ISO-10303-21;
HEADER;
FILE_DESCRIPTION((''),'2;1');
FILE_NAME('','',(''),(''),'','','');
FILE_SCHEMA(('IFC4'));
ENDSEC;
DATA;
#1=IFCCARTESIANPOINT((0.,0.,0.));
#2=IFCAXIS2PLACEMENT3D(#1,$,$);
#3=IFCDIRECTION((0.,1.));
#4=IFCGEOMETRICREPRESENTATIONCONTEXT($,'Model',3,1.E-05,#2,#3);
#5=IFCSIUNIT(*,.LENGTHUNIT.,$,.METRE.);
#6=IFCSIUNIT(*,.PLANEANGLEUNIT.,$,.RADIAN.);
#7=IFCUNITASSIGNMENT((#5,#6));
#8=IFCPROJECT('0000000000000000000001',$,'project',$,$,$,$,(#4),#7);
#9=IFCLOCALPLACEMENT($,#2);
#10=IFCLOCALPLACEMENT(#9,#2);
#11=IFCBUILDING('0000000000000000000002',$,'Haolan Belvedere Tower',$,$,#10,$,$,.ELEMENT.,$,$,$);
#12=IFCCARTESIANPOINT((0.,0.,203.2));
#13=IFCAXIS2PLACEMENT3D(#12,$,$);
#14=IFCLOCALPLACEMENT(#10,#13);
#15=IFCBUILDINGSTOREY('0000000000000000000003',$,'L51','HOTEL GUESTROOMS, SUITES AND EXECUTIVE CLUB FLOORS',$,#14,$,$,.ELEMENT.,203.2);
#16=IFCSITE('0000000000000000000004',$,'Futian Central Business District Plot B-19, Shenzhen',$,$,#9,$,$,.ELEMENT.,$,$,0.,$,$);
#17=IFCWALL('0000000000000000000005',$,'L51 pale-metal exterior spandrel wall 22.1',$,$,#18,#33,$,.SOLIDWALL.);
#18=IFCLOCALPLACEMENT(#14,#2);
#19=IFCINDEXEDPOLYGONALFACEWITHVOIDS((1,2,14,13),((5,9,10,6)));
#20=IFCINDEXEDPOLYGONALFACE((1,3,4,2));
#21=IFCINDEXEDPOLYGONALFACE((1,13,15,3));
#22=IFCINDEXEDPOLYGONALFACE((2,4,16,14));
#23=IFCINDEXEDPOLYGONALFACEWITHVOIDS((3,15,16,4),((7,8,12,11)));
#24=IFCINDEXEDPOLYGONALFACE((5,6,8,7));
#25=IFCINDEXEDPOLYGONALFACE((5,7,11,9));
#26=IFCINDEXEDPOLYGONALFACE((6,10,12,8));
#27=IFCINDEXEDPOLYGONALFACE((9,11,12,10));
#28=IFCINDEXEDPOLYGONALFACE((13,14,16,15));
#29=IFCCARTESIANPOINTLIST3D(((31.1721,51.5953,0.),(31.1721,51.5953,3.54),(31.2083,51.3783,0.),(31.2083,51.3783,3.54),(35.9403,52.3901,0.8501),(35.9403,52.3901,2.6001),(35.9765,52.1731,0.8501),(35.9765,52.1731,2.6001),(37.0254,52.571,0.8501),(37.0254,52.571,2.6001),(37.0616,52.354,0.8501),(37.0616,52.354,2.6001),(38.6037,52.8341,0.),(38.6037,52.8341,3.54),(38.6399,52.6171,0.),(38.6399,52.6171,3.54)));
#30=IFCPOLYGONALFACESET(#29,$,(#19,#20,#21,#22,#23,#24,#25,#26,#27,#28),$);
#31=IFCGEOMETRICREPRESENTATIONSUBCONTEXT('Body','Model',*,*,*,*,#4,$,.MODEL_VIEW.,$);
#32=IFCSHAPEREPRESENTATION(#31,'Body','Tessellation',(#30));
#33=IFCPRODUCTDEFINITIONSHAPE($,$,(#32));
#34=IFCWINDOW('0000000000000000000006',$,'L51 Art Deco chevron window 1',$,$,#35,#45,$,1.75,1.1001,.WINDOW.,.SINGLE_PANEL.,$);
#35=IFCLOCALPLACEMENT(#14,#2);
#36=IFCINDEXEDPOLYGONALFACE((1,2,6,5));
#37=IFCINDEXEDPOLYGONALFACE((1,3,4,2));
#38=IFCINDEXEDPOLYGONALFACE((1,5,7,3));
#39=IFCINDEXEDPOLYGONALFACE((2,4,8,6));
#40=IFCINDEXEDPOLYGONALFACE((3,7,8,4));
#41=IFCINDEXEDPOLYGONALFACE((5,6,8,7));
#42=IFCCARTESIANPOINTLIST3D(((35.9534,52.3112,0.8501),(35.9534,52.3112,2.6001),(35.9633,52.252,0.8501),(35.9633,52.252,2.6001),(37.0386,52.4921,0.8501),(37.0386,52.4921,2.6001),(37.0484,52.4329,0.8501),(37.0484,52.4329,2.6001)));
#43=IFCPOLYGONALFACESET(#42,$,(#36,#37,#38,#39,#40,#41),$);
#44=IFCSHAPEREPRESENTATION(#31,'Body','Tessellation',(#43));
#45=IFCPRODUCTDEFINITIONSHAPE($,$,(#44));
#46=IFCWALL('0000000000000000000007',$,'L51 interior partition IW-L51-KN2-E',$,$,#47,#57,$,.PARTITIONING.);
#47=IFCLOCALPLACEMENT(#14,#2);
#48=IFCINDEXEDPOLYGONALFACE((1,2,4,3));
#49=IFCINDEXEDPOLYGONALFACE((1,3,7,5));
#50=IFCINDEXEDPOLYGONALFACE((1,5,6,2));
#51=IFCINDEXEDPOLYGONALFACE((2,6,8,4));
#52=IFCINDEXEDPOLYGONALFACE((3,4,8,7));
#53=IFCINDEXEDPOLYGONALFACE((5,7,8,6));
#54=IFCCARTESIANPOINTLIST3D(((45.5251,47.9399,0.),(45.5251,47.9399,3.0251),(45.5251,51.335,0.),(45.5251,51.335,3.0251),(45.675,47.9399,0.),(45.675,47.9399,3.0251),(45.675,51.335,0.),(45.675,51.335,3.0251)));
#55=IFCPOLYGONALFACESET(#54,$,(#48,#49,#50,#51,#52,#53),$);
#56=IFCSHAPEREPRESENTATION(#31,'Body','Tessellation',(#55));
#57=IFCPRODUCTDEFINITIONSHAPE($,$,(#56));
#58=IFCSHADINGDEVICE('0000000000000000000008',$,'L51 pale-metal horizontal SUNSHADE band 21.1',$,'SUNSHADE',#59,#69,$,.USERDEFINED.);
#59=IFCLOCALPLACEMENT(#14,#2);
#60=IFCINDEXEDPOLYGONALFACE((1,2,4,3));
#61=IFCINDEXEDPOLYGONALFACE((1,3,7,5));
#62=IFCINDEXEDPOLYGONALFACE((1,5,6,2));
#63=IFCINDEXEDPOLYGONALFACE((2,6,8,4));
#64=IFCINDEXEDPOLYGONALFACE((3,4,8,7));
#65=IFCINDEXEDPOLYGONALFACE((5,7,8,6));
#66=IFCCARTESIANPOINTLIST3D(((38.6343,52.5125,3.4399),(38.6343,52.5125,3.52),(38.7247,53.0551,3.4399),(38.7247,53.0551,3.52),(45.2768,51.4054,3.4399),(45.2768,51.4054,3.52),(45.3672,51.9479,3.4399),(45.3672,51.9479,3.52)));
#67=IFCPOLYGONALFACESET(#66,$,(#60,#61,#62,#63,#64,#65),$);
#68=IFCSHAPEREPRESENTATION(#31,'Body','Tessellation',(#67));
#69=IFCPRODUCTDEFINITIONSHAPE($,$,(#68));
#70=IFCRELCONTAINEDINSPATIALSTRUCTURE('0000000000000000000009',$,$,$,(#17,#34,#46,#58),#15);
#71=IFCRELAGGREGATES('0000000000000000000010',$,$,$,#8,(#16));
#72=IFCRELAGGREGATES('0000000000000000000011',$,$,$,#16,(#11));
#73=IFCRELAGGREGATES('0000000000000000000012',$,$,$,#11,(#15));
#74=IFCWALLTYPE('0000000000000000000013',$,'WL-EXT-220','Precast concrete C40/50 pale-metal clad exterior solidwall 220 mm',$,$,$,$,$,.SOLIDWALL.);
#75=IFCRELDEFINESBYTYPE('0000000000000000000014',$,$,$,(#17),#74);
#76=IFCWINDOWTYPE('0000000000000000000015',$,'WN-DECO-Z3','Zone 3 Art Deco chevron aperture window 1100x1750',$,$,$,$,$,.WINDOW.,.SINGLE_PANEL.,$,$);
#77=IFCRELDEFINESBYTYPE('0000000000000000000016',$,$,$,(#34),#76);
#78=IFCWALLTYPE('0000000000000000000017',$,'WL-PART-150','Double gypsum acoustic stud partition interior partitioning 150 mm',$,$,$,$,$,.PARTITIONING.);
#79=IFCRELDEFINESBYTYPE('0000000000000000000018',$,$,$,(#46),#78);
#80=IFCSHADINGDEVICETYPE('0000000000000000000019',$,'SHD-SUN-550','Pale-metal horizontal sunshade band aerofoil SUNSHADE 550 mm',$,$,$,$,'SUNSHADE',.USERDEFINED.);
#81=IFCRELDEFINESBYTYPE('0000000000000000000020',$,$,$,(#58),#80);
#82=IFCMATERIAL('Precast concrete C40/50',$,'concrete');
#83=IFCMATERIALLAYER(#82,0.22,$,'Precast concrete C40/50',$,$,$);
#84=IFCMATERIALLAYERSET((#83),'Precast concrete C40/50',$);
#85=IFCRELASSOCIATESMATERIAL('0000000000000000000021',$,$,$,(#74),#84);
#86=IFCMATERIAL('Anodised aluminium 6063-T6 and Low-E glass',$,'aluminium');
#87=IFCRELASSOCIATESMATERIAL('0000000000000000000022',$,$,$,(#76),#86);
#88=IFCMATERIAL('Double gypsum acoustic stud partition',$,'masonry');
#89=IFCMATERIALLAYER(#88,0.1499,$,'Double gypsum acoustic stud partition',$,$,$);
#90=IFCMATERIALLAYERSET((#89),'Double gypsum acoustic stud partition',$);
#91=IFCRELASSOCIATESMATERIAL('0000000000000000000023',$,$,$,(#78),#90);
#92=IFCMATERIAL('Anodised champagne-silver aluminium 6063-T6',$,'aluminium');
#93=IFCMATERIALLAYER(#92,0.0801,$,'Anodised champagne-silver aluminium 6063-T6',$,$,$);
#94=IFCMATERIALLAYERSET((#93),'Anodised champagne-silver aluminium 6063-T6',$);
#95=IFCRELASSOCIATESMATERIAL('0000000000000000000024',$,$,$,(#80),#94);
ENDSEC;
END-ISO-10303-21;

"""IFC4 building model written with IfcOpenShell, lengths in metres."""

from ifc_helpers import new_model, si_unit, direction, frame, frame_2d, origin, origin_2d, place, context, subcontext, project, spatial, rectangle, extrude, material, layer, layer_set, type_object, element, fill, save


model = new_model("IFC4")

# Units and contexts
model_context = context("Model", 3, precision=1e-05, world=origin(), true_north=direction((0.0, 1.0)))
body_context = subcontext(model_context, "Body", "Model", "MODEL_VIEW")
ifc_project = project(units=[si_unit("LENGTHUNIT", "METRE"), si_unit("PLANEANGLEUNIT", "RADIAN")], contexts=[model_context])

# Site, building, storey
site_placement = place(None, origin())
site = spatial("IfcSite", under=ifc_project, at=site_placement, Name="Futian Central Business District Plot B-19, Shenzhen", CompositionType="ELEMENT", RefElevation=0.0)
building_placement = place(site_placement, origin())
building = spatial("IfcBuilding", under=site, at=building_placement, Name="Haolan Belvedere Tower", CompositionType="ELEMENT")
storey_placement = place(building_placement, frame((0.0, 0.0, 203.2)))
storey = spatial("IfcBuildingStorey", under=building, at=storey_placement, Name="L51", Description="HOTEL GUESTROOMS, SUITES AND EXECUTIVE CLUB FLOORS", CompositionType="ELEMENT", Elevation=203.2)

# Wall, opening, window
ifc_material_1 = material(Name="Precast concrete C40/50", Category="concrete")
ifc_layer_1 = layer(ifc_material_1, 0.22, Name="Precast concrete C40/50")
ifc_layer_set_1 = layer_set([ifc_layer_1], Name="Precast concrete C40/50")
wall_type_1 = type_object("IfcWallType", Name="WL-EXT-220", Description="Precast concrete C40/50 pale-metal clad exterior solidwall 220 mm", PredefinedType="SOLIDWALL", material=ifc_layer_set_1)
wall_1_placement = place(storey_placement, frame((38.6218, 52.7256, 0.0), z_axis=(0.0, 0.0, 1.0), x_axis=(-0.98639, -0.16442, 0.0)))
wall_1 = element("IfcWall", 1, at=wall_1_placement, inside=storey, type_object=wall_type_1, Name="L51 pale-metal exterior spandrel wall 22.1", PredefinedType="SOLIDWALL", context=body_context, shape_type="SweptSolid", body=[
    extrude(rectangle(XDim=7.5342, YDim=0.22, at=frame_2d((3.7671, 0.0))), origin(), (0.0, 0.0, 1.0), 3.54),
])
opening_placement = place(wall_1_placement, frame((1.6001, 0.0, 0.8501)))
opening = element("IfcOpeningElement", 2, at=opening_placement, cuts=wall_1, PredefinedType="OPENING", context=body_context, shape_type="SweptSolid", body=[
    extrude(rectangle(XDim=1.1001, YDim=1.75, at=frame_2d((0.55, 0.875))), frame((0.0, 0.1199, 0.0), z_axis=(0.0, -1.0, 0.0), x_axis=(1.0, 0.0, 0.0)), (0.0, 0.0, 1.0), 0.24),
])
ifc_material_2 = material(Name="Anodised aluminium 6063-T6 and Low-E glass", Category="aluminium")
window_type = type_object("IfcWindowType", Name="WN-DECO-Z3", Description="Zone 3 Art Deco chevron aperture window 1100x1750", PartitioningType="SINGLE_PANEL", PredefinedType="WINDOW", material=ifc_material_2)
window_placement = place(opening_placement, origin())
window = element("IfcWindow", 3, at=window_placement, inside=storey, type_object=window_type, Name="L51 Art Deco chevron window 1", OverallHeight=1.75, OverallWidth=1.1001, PartitioningType="SINGLE_PANEL", PredefinedType="WINDOW", context=body_context, shape_type="SweptSolid", body=[
    extrude(rectangle(XDim=1.1001, YDim=1.75, at=frame_2d((0.55, 0.875))), frame((0.0, 0.03, 0.0), z_axis=(0.0, -1.0, 0.0), x_axis=(1.0, 0.0, 0.0)), (0.0, 0.0, 1.0), 0.0601),
])
fill(opening, window)

# Wall
ifc_material_3 = material(Name="Double gypsum acoustic stud partition", Category="masonry")
ifc_layer_2 = layer(ifc_material_3, 0.1499, Name="Double gypsum acoustic stud partition")
ifc_layer_set_2 = layer_set([ifc_layer_2], Name="Double gypsum acoustic stud partition")
wall_type_2 = type_object("IfcWallType", Name="WL-PART-150", Description="Double gypsum acoustic stud partition interior partitioning 150 mm", PredefinedType="PARTITIONING", material=ifc_layer_set_2)
wall_2_placement = place(storey_placement, frame((45.6001, 47.9399, 0.0), z_axis=(0.0, 0.0, 1.0), x_axis=(0.0, 1.0, 0.0)))
element("IfcWall", 4, at=wall_2_placement, inside=storey, type_object=wall_type_2, Name="L51 interior partition IW-L51-KN2-E", PredefinedType="PARTITIONING", context=body_context, shape_type="SweptSolid", body=[
    extrude(rectangle(XDim=3.395, YDim=0.1499, at=frame_2d((1.6975, 0.0))), origin(), (0.0, 0.0, 1.0), 3.0251),
])

# Shading device
ifc_material_4 = material(Name="Anodised champagne-silver aluminium 6063-T6", Category="aluminium")
ifc_layer_3 = layer(ifc_material_4, 0.0801, Name="Anodised champagne-silver aluminium 6063-T6")
ifc_layer_set_3 = layer_set([ifc_layer_3], Name="Anodised champagne-silver aluminium 6063-T6")
shading_device_type = type_object("IfcShadingDeviceType", Name="SHD-SUN-550", Description="Pale-metal horizontal sunshade band aerofoil SUNSHADE 550 mm", ElementType="SUNSHADE", PredefinedType="USERDEFINED", material=ifc_layer_set_3)
shading_device_placement = place(storey_placement, frame((42.0007, 52.2302, 3.4399), z_axis=(0.0, 0.0, 1.0), x_axis=(-0.986392, 0.164411, 0.0)))
element("IfcShadingDevice", 5, at=shading_device_placement, inside=storey, type_object=shading_device_type, Name="L51 pale-metal horizontal SUNSHADE band 21.1", ObjectType="SUNSHADE", PredefinedType="USERDEFINED", context=body_context, shape_type="SweptSolid", body=[
    extrude(rectangle(XDim=6.7341, YDim=0.55, at=origin_2d()), origin(), (0.0, 0.0, 1.0), 0.0801),
])

save(model, "model.ifc")
